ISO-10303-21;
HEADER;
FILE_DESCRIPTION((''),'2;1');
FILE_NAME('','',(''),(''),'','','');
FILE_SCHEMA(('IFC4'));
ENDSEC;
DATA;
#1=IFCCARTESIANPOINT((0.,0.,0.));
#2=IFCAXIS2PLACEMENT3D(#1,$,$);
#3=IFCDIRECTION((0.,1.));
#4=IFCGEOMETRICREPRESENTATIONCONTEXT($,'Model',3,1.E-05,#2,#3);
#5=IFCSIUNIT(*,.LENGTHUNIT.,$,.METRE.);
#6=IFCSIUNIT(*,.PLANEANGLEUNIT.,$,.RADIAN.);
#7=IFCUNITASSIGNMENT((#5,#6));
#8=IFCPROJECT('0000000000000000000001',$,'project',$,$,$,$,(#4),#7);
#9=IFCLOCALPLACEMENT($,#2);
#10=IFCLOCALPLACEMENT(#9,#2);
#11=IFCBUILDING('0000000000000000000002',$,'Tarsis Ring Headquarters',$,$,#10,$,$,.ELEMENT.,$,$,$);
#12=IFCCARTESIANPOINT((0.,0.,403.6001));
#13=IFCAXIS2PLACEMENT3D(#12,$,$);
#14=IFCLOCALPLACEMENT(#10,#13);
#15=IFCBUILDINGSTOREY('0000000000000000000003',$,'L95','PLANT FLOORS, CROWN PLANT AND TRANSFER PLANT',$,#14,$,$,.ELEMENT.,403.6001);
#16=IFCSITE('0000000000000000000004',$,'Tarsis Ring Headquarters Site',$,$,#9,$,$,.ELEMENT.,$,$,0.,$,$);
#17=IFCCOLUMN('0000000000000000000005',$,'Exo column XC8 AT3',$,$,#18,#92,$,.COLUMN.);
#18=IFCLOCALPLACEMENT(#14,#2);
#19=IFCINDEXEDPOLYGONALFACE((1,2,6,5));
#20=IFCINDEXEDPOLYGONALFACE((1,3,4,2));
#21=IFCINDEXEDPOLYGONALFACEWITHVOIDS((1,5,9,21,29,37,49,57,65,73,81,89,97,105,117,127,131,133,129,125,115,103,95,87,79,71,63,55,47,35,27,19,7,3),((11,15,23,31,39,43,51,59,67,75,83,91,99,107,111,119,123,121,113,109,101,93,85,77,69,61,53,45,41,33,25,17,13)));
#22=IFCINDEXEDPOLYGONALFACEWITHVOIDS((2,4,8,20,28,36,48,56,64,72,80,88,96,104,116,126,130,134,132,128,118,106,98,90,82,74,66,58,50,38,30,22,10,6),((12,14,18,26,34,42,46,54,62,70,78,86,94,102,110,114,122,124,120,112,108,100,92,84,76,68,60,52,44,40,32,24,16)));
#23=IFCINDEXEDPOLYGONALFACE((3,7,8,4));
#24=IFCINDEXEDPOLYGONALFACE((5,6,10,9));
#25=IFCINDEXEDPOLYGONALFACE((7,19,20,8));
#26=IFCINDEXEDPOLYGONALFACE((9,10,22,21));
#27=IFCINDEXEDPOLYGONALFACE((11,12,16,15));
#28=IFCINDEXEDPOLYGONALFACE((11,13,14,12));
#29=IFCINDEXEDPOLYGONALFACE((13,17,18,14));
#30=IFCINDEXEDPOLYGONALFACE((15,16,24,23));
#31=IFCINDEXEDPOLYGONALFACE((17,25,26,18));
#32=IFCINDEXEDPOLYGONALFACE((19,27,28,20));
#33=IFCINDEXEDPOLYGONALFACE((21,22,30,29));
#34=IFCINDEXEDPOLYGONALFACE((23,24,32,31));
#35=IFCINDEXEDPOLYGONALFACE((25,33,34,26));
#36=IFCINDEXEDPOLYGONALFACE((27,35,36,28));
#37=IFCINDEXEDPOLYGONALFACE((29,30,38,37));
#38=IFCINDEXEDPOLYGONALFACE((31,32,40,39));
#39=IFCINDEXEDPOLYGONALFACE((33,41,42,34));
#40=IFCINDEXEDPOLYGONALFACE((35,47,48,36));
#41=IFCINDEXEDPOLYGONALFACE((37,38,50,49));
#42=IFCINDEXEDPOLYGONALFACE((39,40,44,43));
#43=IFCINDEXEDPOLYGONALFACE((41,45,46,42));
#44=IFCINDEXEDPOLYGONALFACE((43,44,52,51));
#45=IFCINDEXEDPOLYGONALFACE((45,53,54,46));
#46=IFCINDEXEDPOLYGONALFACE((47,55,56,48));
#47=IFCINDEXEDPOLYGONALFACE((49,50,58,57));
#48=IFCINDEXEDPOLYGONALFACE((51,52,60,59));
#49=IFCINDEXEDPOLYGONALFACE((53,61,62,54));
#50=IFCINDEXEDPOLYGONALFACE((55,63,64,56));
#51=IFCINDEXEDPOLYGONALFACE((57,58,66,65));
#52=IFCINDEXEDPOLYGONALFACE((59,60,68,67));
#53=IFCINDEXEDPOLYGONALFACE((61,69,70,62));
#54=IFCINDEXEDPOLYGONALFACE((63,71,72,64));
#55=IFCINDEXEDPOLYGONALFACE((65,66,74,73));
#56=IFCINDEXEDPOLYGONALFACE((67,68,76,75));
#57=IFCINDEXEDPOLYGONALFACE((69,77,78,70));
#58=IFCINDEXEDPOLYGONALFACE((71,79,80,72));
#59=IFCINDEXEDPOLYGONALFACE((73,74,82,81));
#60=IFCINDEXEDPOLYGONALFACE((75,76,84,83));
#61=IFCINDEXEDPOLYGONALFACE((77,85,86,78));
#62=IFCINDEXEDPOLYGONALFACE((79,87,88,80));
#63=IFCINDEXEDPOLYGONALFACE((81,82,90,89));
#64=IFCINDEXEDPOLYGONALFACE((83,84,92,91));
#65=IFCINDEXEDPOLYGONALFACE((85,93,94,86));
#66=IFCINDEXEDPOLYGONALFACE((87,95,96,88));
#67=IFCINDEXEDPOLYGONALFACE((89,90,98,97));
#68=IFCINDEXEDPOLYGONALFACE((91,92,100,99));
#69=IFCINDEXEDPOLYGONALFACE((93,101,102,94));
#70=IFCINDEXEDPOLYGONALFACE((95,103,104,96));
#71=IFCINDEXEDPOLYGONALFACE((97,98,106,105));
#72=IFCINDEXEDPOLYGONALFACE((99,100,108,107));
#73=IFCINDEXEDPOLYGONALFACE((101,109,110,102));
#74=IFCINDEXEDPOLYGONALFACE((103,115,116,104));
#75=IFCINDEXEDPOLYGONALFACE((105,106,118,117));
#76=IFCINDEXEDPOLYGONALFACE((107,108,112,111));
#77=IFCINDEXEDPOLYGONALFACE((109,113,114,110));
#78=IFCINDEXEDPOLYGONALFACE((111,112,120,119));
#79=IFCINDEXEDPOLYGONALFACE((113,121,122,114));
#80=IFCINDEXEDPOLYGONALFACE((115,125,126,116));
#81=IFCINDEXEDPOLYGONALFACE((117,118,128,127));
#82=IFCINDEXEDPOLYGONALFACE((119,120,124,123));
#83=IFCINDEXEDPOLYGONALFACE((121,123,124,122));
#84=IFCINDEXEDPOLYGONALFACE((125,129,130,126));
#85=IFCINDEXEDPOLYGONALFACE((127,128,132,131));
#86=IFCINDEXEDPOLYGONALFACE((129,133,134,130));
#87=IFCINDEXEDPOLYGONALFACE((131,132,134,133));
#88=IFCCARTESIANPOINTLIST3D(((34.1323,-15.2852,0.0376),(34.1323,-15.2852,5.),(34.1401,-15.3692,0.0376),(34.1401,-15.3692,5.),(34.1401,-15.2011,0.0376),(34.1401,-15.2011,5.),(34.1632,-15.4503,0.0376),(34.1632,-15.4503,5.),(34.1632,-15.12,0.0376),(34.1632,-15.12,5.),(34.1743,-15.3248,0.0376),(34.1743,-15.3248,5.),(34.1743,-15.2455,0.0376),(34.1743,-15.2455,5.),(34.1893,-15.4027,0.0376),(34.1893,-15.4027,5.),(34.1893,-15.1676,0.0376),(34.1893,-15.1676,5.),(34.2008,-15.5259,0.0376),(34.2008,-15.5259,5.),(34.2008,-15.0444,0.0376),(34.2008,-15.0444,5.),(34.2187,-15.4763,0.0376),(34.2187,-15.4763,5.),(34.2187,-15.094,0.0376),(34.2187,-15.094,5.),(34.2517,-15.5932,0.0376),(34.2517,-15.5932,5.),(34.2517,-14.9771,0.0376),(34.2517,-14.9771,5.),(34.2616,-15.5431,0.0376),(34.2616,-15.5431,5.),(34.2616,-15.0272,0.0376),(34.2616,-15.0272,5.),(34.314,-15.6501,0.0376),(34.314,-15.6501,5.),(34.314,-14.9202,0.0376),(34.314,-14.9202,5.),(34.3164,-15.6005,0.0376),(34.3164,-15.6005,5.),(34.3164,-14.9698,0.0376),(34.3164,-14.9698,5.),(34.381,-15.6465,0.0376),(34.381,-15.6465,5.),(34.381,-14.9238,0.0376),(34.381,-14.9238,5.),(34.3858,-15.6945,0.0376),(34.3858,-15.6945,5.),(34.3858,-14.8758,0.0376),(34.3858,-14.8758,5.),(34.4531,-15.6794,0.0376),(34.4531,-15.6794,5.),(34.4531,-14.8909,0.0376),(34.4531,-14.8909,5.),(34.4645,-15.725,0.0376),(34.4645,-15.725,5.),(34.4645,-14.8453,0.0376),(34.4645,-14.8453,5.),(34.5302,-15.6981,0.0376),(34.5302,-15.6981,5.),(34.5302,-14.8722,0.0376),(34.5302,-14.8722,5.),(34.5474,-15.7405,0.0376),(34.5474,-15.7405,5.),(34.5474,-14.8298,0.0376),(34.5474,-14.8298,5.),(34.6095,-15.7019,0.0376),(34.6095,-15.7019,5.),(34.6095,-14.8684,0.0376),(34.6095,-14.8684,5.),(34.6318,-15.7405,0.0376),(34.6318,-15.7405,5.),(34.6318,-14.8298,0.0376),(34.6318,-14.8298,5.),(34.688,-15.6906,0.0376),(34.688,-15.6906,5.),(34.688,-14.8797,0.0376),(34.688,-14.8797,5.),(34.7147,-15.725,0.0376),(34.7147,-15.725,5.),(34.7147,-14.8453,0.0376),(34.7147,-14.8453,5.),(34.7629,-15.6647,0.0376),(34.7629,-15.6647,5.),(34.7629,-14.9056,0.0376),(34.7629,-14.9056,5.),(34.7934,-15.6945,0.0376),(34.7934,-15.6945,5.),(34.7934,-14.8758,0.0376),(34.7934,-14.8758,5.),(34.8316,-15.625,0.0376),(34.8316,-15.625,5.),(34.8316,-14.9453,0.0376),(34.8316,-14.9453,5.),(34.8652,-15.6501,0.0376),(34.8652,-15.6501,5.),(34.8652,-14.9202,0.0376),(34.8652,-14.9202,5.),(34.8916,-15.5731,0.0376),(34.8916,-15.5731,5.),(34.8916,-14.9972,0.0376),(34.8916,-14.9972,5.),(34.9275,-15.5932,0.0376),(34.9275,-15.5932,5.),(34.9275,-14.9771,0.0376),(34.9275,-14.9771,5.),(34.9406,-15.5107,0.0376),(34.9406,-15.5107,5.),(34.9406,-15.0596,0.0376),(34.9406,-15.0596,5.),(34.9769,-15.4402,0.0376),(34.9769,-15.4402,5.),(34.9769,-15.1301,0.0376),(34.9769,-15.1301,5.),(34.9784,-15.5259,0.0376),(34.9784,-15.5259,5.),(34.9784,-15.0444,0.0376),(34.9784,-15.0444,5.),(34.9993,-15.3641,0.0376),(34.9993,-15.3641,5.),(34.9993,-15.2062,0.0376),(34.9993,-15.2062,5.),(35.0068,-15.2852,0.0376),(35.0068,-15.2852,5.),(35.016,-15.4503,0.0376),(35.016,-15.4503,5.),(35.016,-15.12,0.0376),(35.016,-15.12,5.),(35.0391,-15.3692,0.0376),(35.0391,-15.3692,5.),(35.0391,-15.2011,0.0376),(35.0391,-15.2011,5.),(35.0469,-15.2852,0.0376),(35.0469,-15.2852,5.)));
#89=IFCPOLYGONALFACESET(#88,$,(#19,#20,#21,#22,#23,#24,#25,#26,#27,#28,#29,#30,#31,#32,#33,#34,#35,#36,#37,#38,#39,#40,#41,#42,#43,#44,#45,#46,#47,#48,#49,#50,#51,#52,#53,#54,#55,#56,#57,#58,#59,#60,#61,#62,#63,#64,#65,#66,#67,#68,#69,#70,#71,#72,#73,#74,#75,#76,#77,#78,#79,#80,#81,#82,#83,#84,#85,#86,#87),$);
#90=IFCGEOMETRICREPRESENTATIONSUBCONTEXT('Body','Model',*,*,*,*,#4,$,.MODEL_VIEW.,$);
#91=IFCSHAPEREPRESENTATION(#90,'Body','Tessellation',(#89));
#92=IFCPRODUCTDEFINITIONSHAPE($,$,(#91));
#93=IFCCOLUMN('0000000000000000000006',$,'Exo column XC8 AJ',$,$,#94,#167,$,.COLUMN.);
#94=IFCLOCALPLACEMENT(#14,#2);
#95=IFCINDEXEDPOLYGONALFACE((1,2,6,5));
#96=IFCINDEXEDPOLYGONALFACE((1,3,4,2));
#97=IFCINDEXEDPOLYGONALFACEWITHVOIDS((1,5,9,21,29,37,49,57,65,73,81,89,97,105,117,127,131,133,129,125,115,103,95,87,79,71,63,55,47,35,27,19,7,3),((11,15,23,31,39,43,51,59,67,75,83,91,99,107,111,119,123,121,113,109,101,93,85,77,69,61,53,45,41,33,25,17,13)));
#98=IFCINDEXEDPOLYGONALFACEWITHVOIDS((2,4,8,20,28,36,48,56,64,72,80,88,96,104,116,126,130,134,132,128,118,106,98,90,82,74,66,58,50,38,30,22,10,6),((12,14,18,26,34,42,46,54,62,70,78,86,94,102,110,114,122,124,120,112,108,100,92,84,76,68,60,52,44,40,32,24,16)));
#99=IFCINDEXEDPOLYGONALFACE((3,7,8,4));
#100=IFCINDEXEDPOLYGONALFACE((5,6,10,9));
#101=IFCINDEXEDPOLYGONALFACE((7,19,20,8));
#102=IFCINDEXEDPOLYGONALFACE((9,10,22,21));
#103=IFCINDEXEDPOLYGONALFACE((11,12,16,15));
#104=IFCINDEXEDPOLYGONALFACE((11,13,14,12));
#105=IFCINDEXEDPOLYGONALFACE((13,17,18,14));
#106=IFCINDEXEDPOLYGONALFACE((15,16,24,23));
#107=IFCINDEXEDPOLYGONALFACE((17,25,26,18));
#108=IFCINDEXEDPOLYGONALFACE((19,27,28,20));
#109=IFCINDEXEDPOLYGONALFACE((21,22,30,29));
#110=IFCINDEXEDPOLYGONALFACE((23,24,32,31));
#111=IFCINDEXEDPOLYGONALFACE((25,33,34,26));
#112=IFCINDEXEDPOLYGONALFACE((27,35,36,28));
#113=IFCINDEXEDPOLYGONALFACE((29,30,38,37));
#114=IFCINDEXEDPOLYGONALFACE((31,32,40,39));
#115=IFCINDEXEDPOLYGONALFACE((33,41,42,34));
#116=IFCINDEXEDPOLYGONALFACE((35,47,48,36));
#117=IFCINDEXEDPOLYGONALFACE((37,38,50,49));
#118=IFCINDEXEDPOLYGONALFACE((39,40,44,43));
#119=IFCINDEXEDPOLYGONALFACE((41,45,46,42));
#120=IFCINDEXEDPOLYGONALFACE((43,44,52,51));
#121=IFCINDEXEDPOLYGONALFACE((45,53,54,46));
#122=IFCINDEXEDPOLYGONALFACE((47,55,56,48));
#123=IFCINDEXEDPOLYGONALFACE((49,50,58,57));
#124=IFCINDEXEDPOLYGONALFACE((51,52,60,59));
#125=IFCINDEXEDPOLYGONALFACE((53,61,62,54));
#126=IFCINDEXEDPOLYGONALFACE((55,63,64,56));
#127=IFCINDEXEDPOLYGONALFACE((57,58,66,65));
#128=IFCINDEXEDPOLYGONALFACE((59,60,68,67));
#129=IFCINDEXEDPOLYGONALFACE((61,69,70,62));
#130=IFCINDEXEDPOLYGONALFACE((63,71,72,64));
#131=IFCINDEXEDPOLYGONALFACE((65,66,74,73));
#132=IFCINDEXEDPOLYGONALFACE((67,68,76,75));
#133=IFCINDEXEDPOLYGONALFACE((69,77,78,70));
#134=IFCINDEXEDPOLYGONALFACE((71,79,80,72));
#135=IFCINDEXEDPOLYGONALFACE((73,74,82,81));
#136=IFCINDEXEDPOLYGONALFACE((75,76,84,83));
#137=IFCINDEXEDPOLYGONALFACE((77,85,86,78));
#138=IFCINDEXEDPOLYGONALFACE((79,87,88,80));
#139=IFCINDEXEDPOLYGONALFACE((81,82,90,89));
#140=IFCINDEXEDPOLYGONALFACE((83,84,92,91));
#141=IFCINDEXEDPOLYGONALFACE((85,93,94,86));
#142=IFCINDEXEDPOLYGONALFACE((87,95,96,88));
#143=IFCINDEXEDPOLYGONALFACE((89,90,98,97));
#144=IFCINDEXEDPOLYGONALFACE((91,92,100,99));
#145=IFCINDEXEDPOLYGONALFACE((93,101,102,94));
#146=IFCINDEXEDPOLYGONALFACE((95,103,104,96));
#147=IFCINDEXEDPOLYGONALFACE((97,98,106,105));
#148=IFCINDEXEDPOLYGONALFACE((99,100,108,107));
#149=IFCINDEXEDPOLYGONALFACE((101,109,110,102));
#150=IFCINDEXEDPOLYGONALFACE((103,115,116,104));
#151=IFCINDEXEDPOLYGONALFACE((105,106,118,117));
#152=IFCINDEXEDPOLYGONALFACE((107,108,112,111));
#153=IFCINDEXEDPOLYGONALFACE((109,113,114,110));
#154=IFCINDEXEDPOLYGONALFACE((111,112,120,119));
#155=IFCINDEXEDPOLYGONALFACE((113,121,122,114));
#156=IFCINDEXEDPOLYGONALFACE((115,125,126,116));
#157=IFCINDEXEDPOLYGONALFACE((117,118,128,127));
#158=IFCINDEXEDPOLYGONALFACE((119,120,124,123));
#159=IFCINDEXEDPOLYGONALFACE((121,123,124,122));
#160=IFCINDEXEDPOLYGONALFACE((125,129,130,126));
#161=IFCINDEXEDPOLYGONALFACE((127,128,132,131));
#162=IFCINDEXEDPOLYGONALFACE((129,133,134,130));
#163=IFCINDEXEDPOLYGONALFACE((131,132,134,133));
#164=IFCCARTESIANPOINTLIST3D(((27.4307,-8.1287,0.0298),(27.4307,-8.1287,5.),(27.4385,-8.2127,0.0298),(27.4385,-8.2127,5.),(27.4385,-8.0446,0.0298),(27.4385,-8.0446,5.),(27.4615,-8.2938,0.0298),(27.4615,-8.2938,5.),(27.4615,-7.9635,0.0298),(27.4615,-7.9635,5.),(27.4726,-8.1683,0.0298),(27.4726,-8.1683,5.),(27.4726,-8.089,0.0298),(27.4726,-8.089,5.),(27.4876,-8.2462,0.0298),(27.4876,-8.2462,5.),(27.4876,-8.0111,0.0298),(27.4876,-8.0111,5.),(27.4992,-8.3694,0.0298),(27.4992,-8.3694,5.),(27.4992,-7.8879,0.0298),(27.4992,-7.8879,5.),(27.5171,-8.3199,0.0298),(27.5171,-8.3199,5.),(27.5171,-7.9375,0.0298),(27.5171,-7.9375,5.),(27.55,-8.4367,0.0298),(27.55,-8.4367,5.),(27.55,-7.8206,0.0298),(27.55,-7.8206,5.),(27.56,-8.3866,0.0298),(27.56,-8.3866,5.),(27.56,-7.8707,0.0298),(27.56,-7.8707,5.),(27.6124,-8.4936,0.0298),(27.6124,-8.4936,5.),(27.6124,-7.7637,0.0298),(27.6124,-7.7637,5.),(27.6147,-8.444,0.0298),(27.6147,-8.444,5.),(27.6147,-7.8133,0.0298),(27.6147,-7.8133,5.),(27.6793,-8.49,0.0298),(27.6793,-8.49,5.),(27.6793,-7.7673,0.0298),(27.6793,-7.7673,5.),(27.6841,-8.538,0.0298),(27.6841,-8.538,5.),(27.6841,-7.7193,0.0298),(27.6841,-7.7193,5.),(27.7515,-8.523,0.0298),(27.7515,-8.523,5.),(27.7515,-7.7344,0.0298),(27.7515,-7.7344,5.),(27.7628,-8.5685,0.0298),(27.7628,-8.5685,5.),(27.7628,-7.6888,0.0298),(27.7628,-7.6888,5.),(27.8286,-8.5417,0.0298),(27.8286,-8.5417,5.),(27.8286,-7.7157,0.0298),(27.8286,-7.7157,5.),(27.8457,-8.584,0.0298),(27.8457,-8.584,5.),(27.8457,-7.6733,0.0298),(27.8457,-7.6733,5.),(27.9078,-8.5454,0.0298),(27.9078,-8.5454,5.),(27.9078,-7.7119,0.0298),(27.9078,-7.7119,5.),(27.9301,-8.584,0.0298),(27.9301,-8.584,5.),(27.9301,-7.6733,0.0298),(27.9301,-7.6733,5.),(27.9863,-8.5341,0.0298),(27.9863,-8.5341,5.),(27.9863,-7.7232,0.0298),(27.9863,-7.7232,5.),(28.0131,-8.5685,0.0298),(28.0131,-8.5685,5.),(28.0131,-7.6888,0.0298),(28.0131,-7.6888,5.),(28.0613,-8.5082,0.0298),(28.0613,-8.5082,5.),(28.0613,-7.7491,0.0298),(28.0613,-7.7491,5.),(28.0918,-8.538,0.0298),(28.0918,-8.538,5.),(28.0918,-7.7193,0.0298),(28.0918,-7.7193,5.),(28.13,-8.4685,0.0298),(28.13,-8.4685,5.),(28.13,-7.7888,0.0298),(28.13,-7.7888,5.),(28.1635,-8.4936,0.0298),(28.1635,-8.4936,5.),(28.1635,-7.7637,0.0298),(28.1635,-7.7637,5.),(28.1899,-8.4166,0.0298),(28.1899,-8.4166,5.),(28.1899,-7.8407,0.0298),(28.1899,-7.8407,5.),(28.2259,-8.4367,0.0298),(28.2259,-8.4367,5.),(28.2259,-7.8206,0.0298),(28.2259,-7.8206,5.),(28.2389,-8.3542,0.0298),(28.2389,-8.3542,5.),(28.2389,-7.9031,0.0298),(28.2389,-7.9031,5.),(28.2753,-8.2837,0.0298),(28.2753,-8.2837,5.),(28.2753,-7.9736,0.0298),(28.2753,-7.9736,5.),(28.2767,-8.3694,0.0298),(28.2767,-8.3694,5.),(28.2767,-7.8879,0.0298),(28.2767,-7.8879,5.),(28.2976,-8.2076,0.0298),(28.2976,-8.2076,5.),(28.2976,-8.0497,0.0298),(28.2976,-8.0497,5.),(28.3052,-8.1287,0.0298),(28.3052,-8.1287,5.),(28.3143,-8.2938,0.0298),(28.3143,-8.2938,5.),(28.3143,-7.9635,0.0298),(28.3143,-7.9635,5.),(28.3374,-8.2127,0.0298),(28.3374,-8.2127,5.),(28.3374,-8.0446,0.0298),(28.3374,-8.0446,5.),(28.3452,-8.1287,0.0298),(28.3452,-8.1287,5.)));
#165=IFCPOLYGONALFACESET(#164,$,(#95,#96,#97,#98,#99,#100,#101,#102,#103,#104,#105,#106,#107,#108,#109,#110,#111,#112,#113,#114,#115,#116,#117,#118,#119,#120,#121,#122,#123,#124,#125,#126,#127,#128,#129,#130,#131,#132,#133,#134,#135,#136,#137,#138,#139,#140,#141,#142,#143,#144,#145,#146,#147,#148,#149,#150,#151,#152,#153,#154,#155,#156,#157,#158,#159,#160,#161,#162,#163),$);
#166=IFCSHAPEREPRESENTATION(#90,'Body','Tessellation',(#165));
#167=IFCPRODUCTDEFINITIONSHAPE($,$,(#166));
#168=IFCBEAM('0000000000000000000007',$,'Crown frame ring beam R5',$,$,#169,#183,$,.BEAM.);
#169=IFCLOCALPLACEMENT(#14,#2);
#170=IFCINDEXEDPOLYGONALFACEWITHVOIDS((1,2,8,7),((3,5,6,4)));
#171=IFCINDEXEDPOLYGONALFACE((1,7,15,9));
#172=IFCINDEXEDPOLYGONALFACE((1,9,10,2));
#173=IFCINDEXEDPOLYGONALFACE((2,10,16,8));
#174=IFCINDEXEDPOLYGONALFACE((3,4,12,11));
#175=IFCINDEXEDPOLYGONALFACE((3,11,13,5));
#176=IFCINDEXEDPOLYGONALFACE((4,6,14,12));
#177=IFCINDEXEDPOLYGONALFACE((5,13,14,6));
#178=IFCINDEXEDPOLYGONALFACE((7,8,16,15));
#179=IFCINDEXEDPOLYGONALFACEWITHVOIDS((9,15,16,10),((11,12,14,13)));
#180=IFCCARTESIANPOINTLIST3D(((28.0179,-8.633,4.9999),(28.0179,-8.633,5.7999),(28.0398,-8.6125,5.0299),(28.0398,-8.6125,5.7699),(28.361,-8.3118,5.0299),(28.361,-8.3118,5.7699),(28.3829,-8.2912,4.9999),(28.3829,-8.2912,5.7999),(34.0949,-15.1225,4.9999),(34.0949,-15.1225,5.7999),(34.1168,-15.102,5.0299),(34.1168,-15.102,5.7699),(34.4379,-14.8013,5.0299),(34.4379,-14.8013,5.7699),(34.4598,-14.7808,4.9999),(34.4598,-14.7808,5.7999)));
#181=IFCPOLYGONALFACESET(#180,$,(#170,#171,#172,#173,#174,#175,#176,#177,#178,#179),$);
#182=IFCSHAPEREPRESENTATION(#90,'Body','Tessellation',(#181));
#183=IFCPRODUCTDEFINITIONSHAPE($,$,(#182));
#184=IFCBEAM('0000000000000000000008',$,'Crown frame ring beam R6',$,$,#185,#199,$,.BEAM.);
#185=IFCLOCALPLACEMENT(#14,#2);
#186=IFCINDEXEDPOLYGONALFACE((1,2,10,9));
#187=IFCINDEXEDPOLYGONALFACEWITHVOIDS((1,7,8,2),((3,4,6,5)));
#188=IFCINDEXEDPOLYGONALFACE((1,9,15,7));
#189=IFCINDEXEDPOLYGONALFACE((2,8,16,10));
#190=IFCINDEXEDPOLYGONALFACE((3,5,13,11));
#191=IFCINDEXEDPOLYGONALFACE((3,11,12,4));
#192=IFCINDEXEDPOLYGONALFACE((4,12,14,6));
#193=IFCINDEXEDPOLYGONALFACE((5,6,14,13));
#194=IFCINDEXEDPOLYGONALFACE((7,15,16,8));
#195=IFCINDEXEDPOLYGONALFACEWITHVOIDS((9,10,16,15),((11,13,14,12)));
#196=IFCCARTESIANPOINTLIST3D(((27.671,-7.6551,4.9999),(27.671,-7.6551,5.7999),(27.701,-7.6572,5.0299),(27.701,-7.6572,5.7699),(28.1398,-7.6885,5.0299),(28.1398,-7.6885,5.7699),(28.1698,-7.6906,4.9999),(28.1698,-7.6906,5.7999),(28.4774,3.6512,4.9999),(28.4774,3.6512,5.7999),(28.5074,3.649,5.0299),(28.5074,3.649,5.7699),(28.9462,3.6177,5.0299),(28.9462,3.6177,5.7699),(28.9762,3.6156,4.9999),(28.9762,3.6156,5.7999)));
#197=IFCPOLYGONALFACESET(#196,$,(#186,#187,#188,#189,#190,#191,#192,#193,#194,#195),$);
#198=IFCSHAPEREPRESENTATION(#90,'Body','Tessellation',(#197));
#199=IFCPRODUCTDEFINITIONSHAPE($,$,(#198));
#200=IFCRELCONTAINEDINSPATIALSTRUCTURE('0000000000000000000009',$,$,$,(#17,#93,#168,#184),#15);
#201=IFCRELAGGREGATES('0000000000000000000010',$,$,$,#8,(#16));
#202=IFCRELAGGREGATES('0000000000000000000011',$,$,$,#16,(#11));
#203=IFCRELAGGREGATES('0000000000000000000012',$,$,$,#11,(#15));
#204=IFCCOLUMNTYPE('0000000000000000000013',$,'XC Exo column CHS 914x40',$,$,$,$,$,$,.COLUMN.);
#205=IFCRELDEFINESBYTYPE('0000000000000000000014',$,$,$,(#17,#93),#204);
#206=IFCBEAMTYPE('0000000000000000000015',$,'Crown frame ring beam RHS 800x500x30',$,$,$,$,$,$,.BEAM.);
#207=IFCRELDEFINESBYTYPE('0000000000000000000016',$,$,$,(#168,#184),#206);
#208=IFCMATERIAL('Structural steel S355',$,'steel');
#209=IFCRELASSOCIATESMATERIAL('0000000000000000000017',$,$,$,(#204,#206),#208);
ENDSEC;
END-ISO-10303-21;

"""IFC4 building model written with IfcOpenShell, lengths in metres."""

from ifc_helpers import new_model, si_unit, direction, frame, origin, origin_2d, place, context, subcontext, project, spatial, hollow_rectangle, hollow_circle, extrude, material, material_profile, profile_set, type_object, element, save


model = new_model("IFC4")

# Units and contexts
model_context = context("Model", 3, precision=1e-05, world=origin(), true_north=direction((0.0, 1.0)))
body_context = subcontext(model_context, "Body", "Model", "MODEL_VIEW")
ifc_project = project(units=[si_unit("LENGTHUNIT", "METRE"), si_unit("PLANEANGLEUNIT", "RADIAN")], contexts=[model_context])

# Site, building, storey
site_placement = place(None, origin())
site = spatial("IfcSite", under=ifc_project, at=site_placement, Name="Tarsis Ring Headquarters Site", CompositionType="ELEMENT", RefElevation=0.0)
building_placement = place(site_placement, origin())
building = spatial("IfcBuilding", under=site, at=building_placement, Name="Tarsis Ring Headquarters", CompositionType="ELEMENT")
storey_placement = place(building_placement, frame((0.0, 0.0, 403.6001)))
storey = spatial("IfcBuildingStorey", under=building, at=storey_placement, Name="L95", Description="PLANT FLOORS, CROWN PLANT AND TRANSFER PLANT", CompositionType="ELEMENT", Elevation=403.6001)

# Columns
ifc_material_1 = material(Name="Structural steel S355", Category="steel")
ifc_material_profile_1 = material_profile(ifc_material_1, hollow_circle(Radius=0.457, WallThickness=0.04, at=origin_2d()), Name="CHS 914x40")
ifc_profile_set_1 = profile_set([ifc_material_profile_1], Name="Structural steel S355")
column_type_1 = type_object("IfcColumnType", Name="XC Exo column CHS 914x40", PredefinedType="COLUMN", material=ifc_profile_set_1)
column_1_placement = place(storey_placement, frame((34.5896, -15.2852, 0.0376), z_axis=(0.0, 0.0, 1.0), x_axis=(1.0, 0.0, 0.0)))
element("IfcColumn", 1, at=column_1_placement, inside=storey, type_object=column_type_1, Name="Exo column XC8 AT3", PredefinedType="COLUMN", context=body_context, shape_type="SweptSolid", body=[
    extrude(hollow_circle(Radius=0.4573, WallThickness=0.04, at=origin_2d()), origin(), (0.0, 0.0, 1.0), 4.9624),
])
column_2_placement = place(storey_placement, frame((27.8879, -8.1287, 0.0298), z_axis=(0.0, 0.0, 1.0), x_axis=(1.0, 0.0, 0.0)))
element("IfcColumn", 2, at=column_2_placement, inside=storey, type_object=column_type_1, Name="Exo column XC8 AJ", PredefinedType="COLUMN", context=body_context, shape_type="SweptSolid", body=[
    extrude(hollow_circle(Radius=0.4573, WallThickness=0.04, at=origin_2d()), origin(), (0.0, 0.0, 1.0), 4.9702),
])

# Beams
ifc_material_profile_2 = material_profile(ifc_material_1, hollow_rectangle(XDim=0.5, YDim=0.8, WallThickness=0.03, at=origin_2d()), Name="RHS 800x500x30")
ifc_profile_set_2 = profile_set([ifc_material_profile_2], Name="Structural steel S355")
beam_type_1 = type_object("IfcBeamType", Name="Crown frame ring beam RHS 800x500x30", PredefinedType="BEAM", material=ifc_profile_set_2)
beam_1_placement = place(storey_placement, frame((34.2773, -14.9517, 5.3999), z_axis=(-0.683522, 0.72993, 0.0), x_axis=(-0.72993, -0.683522, 0.0)))
element("IfcBeam", 3, at=beam_1_placement, inside=storey, type_object=beam_type_1, Name="Crown frame ring beam R5", PredefinedType="BEAM", context=body_context, shape_type="SweptSolid", body=[
    extrude(hollow_rectangle(XDim=0.5, YDim=0.8, WallThickness=0.03, at=origin_2d()), origin(), (0.0, 0.0, 1.0), 8.8906),
])
beam_2_placement = place(storey_placement, frame((27.9204, -7.6729, 5.3999), z_axis=(0.071143, 0.997466, 0.0), x_axis=(-0.997466, 0.071143, 0.0)))
element("IfcBeam", 4, at=beam_2_placement, inside=storey, type_object=beam_type_1, Name="Crown frame ring beam R6", PredefinedType="BEAM", context=body_context, shape_type="SweptSolid", body=[
    extrude(hollow_rectangle(XDim=0.5, YDim=0.8, WallThickness=0.03, at=origin_2d()), origin(), (0.0, 0.0, 1.0), 11.335),
])

save(model, "model.ifc")
